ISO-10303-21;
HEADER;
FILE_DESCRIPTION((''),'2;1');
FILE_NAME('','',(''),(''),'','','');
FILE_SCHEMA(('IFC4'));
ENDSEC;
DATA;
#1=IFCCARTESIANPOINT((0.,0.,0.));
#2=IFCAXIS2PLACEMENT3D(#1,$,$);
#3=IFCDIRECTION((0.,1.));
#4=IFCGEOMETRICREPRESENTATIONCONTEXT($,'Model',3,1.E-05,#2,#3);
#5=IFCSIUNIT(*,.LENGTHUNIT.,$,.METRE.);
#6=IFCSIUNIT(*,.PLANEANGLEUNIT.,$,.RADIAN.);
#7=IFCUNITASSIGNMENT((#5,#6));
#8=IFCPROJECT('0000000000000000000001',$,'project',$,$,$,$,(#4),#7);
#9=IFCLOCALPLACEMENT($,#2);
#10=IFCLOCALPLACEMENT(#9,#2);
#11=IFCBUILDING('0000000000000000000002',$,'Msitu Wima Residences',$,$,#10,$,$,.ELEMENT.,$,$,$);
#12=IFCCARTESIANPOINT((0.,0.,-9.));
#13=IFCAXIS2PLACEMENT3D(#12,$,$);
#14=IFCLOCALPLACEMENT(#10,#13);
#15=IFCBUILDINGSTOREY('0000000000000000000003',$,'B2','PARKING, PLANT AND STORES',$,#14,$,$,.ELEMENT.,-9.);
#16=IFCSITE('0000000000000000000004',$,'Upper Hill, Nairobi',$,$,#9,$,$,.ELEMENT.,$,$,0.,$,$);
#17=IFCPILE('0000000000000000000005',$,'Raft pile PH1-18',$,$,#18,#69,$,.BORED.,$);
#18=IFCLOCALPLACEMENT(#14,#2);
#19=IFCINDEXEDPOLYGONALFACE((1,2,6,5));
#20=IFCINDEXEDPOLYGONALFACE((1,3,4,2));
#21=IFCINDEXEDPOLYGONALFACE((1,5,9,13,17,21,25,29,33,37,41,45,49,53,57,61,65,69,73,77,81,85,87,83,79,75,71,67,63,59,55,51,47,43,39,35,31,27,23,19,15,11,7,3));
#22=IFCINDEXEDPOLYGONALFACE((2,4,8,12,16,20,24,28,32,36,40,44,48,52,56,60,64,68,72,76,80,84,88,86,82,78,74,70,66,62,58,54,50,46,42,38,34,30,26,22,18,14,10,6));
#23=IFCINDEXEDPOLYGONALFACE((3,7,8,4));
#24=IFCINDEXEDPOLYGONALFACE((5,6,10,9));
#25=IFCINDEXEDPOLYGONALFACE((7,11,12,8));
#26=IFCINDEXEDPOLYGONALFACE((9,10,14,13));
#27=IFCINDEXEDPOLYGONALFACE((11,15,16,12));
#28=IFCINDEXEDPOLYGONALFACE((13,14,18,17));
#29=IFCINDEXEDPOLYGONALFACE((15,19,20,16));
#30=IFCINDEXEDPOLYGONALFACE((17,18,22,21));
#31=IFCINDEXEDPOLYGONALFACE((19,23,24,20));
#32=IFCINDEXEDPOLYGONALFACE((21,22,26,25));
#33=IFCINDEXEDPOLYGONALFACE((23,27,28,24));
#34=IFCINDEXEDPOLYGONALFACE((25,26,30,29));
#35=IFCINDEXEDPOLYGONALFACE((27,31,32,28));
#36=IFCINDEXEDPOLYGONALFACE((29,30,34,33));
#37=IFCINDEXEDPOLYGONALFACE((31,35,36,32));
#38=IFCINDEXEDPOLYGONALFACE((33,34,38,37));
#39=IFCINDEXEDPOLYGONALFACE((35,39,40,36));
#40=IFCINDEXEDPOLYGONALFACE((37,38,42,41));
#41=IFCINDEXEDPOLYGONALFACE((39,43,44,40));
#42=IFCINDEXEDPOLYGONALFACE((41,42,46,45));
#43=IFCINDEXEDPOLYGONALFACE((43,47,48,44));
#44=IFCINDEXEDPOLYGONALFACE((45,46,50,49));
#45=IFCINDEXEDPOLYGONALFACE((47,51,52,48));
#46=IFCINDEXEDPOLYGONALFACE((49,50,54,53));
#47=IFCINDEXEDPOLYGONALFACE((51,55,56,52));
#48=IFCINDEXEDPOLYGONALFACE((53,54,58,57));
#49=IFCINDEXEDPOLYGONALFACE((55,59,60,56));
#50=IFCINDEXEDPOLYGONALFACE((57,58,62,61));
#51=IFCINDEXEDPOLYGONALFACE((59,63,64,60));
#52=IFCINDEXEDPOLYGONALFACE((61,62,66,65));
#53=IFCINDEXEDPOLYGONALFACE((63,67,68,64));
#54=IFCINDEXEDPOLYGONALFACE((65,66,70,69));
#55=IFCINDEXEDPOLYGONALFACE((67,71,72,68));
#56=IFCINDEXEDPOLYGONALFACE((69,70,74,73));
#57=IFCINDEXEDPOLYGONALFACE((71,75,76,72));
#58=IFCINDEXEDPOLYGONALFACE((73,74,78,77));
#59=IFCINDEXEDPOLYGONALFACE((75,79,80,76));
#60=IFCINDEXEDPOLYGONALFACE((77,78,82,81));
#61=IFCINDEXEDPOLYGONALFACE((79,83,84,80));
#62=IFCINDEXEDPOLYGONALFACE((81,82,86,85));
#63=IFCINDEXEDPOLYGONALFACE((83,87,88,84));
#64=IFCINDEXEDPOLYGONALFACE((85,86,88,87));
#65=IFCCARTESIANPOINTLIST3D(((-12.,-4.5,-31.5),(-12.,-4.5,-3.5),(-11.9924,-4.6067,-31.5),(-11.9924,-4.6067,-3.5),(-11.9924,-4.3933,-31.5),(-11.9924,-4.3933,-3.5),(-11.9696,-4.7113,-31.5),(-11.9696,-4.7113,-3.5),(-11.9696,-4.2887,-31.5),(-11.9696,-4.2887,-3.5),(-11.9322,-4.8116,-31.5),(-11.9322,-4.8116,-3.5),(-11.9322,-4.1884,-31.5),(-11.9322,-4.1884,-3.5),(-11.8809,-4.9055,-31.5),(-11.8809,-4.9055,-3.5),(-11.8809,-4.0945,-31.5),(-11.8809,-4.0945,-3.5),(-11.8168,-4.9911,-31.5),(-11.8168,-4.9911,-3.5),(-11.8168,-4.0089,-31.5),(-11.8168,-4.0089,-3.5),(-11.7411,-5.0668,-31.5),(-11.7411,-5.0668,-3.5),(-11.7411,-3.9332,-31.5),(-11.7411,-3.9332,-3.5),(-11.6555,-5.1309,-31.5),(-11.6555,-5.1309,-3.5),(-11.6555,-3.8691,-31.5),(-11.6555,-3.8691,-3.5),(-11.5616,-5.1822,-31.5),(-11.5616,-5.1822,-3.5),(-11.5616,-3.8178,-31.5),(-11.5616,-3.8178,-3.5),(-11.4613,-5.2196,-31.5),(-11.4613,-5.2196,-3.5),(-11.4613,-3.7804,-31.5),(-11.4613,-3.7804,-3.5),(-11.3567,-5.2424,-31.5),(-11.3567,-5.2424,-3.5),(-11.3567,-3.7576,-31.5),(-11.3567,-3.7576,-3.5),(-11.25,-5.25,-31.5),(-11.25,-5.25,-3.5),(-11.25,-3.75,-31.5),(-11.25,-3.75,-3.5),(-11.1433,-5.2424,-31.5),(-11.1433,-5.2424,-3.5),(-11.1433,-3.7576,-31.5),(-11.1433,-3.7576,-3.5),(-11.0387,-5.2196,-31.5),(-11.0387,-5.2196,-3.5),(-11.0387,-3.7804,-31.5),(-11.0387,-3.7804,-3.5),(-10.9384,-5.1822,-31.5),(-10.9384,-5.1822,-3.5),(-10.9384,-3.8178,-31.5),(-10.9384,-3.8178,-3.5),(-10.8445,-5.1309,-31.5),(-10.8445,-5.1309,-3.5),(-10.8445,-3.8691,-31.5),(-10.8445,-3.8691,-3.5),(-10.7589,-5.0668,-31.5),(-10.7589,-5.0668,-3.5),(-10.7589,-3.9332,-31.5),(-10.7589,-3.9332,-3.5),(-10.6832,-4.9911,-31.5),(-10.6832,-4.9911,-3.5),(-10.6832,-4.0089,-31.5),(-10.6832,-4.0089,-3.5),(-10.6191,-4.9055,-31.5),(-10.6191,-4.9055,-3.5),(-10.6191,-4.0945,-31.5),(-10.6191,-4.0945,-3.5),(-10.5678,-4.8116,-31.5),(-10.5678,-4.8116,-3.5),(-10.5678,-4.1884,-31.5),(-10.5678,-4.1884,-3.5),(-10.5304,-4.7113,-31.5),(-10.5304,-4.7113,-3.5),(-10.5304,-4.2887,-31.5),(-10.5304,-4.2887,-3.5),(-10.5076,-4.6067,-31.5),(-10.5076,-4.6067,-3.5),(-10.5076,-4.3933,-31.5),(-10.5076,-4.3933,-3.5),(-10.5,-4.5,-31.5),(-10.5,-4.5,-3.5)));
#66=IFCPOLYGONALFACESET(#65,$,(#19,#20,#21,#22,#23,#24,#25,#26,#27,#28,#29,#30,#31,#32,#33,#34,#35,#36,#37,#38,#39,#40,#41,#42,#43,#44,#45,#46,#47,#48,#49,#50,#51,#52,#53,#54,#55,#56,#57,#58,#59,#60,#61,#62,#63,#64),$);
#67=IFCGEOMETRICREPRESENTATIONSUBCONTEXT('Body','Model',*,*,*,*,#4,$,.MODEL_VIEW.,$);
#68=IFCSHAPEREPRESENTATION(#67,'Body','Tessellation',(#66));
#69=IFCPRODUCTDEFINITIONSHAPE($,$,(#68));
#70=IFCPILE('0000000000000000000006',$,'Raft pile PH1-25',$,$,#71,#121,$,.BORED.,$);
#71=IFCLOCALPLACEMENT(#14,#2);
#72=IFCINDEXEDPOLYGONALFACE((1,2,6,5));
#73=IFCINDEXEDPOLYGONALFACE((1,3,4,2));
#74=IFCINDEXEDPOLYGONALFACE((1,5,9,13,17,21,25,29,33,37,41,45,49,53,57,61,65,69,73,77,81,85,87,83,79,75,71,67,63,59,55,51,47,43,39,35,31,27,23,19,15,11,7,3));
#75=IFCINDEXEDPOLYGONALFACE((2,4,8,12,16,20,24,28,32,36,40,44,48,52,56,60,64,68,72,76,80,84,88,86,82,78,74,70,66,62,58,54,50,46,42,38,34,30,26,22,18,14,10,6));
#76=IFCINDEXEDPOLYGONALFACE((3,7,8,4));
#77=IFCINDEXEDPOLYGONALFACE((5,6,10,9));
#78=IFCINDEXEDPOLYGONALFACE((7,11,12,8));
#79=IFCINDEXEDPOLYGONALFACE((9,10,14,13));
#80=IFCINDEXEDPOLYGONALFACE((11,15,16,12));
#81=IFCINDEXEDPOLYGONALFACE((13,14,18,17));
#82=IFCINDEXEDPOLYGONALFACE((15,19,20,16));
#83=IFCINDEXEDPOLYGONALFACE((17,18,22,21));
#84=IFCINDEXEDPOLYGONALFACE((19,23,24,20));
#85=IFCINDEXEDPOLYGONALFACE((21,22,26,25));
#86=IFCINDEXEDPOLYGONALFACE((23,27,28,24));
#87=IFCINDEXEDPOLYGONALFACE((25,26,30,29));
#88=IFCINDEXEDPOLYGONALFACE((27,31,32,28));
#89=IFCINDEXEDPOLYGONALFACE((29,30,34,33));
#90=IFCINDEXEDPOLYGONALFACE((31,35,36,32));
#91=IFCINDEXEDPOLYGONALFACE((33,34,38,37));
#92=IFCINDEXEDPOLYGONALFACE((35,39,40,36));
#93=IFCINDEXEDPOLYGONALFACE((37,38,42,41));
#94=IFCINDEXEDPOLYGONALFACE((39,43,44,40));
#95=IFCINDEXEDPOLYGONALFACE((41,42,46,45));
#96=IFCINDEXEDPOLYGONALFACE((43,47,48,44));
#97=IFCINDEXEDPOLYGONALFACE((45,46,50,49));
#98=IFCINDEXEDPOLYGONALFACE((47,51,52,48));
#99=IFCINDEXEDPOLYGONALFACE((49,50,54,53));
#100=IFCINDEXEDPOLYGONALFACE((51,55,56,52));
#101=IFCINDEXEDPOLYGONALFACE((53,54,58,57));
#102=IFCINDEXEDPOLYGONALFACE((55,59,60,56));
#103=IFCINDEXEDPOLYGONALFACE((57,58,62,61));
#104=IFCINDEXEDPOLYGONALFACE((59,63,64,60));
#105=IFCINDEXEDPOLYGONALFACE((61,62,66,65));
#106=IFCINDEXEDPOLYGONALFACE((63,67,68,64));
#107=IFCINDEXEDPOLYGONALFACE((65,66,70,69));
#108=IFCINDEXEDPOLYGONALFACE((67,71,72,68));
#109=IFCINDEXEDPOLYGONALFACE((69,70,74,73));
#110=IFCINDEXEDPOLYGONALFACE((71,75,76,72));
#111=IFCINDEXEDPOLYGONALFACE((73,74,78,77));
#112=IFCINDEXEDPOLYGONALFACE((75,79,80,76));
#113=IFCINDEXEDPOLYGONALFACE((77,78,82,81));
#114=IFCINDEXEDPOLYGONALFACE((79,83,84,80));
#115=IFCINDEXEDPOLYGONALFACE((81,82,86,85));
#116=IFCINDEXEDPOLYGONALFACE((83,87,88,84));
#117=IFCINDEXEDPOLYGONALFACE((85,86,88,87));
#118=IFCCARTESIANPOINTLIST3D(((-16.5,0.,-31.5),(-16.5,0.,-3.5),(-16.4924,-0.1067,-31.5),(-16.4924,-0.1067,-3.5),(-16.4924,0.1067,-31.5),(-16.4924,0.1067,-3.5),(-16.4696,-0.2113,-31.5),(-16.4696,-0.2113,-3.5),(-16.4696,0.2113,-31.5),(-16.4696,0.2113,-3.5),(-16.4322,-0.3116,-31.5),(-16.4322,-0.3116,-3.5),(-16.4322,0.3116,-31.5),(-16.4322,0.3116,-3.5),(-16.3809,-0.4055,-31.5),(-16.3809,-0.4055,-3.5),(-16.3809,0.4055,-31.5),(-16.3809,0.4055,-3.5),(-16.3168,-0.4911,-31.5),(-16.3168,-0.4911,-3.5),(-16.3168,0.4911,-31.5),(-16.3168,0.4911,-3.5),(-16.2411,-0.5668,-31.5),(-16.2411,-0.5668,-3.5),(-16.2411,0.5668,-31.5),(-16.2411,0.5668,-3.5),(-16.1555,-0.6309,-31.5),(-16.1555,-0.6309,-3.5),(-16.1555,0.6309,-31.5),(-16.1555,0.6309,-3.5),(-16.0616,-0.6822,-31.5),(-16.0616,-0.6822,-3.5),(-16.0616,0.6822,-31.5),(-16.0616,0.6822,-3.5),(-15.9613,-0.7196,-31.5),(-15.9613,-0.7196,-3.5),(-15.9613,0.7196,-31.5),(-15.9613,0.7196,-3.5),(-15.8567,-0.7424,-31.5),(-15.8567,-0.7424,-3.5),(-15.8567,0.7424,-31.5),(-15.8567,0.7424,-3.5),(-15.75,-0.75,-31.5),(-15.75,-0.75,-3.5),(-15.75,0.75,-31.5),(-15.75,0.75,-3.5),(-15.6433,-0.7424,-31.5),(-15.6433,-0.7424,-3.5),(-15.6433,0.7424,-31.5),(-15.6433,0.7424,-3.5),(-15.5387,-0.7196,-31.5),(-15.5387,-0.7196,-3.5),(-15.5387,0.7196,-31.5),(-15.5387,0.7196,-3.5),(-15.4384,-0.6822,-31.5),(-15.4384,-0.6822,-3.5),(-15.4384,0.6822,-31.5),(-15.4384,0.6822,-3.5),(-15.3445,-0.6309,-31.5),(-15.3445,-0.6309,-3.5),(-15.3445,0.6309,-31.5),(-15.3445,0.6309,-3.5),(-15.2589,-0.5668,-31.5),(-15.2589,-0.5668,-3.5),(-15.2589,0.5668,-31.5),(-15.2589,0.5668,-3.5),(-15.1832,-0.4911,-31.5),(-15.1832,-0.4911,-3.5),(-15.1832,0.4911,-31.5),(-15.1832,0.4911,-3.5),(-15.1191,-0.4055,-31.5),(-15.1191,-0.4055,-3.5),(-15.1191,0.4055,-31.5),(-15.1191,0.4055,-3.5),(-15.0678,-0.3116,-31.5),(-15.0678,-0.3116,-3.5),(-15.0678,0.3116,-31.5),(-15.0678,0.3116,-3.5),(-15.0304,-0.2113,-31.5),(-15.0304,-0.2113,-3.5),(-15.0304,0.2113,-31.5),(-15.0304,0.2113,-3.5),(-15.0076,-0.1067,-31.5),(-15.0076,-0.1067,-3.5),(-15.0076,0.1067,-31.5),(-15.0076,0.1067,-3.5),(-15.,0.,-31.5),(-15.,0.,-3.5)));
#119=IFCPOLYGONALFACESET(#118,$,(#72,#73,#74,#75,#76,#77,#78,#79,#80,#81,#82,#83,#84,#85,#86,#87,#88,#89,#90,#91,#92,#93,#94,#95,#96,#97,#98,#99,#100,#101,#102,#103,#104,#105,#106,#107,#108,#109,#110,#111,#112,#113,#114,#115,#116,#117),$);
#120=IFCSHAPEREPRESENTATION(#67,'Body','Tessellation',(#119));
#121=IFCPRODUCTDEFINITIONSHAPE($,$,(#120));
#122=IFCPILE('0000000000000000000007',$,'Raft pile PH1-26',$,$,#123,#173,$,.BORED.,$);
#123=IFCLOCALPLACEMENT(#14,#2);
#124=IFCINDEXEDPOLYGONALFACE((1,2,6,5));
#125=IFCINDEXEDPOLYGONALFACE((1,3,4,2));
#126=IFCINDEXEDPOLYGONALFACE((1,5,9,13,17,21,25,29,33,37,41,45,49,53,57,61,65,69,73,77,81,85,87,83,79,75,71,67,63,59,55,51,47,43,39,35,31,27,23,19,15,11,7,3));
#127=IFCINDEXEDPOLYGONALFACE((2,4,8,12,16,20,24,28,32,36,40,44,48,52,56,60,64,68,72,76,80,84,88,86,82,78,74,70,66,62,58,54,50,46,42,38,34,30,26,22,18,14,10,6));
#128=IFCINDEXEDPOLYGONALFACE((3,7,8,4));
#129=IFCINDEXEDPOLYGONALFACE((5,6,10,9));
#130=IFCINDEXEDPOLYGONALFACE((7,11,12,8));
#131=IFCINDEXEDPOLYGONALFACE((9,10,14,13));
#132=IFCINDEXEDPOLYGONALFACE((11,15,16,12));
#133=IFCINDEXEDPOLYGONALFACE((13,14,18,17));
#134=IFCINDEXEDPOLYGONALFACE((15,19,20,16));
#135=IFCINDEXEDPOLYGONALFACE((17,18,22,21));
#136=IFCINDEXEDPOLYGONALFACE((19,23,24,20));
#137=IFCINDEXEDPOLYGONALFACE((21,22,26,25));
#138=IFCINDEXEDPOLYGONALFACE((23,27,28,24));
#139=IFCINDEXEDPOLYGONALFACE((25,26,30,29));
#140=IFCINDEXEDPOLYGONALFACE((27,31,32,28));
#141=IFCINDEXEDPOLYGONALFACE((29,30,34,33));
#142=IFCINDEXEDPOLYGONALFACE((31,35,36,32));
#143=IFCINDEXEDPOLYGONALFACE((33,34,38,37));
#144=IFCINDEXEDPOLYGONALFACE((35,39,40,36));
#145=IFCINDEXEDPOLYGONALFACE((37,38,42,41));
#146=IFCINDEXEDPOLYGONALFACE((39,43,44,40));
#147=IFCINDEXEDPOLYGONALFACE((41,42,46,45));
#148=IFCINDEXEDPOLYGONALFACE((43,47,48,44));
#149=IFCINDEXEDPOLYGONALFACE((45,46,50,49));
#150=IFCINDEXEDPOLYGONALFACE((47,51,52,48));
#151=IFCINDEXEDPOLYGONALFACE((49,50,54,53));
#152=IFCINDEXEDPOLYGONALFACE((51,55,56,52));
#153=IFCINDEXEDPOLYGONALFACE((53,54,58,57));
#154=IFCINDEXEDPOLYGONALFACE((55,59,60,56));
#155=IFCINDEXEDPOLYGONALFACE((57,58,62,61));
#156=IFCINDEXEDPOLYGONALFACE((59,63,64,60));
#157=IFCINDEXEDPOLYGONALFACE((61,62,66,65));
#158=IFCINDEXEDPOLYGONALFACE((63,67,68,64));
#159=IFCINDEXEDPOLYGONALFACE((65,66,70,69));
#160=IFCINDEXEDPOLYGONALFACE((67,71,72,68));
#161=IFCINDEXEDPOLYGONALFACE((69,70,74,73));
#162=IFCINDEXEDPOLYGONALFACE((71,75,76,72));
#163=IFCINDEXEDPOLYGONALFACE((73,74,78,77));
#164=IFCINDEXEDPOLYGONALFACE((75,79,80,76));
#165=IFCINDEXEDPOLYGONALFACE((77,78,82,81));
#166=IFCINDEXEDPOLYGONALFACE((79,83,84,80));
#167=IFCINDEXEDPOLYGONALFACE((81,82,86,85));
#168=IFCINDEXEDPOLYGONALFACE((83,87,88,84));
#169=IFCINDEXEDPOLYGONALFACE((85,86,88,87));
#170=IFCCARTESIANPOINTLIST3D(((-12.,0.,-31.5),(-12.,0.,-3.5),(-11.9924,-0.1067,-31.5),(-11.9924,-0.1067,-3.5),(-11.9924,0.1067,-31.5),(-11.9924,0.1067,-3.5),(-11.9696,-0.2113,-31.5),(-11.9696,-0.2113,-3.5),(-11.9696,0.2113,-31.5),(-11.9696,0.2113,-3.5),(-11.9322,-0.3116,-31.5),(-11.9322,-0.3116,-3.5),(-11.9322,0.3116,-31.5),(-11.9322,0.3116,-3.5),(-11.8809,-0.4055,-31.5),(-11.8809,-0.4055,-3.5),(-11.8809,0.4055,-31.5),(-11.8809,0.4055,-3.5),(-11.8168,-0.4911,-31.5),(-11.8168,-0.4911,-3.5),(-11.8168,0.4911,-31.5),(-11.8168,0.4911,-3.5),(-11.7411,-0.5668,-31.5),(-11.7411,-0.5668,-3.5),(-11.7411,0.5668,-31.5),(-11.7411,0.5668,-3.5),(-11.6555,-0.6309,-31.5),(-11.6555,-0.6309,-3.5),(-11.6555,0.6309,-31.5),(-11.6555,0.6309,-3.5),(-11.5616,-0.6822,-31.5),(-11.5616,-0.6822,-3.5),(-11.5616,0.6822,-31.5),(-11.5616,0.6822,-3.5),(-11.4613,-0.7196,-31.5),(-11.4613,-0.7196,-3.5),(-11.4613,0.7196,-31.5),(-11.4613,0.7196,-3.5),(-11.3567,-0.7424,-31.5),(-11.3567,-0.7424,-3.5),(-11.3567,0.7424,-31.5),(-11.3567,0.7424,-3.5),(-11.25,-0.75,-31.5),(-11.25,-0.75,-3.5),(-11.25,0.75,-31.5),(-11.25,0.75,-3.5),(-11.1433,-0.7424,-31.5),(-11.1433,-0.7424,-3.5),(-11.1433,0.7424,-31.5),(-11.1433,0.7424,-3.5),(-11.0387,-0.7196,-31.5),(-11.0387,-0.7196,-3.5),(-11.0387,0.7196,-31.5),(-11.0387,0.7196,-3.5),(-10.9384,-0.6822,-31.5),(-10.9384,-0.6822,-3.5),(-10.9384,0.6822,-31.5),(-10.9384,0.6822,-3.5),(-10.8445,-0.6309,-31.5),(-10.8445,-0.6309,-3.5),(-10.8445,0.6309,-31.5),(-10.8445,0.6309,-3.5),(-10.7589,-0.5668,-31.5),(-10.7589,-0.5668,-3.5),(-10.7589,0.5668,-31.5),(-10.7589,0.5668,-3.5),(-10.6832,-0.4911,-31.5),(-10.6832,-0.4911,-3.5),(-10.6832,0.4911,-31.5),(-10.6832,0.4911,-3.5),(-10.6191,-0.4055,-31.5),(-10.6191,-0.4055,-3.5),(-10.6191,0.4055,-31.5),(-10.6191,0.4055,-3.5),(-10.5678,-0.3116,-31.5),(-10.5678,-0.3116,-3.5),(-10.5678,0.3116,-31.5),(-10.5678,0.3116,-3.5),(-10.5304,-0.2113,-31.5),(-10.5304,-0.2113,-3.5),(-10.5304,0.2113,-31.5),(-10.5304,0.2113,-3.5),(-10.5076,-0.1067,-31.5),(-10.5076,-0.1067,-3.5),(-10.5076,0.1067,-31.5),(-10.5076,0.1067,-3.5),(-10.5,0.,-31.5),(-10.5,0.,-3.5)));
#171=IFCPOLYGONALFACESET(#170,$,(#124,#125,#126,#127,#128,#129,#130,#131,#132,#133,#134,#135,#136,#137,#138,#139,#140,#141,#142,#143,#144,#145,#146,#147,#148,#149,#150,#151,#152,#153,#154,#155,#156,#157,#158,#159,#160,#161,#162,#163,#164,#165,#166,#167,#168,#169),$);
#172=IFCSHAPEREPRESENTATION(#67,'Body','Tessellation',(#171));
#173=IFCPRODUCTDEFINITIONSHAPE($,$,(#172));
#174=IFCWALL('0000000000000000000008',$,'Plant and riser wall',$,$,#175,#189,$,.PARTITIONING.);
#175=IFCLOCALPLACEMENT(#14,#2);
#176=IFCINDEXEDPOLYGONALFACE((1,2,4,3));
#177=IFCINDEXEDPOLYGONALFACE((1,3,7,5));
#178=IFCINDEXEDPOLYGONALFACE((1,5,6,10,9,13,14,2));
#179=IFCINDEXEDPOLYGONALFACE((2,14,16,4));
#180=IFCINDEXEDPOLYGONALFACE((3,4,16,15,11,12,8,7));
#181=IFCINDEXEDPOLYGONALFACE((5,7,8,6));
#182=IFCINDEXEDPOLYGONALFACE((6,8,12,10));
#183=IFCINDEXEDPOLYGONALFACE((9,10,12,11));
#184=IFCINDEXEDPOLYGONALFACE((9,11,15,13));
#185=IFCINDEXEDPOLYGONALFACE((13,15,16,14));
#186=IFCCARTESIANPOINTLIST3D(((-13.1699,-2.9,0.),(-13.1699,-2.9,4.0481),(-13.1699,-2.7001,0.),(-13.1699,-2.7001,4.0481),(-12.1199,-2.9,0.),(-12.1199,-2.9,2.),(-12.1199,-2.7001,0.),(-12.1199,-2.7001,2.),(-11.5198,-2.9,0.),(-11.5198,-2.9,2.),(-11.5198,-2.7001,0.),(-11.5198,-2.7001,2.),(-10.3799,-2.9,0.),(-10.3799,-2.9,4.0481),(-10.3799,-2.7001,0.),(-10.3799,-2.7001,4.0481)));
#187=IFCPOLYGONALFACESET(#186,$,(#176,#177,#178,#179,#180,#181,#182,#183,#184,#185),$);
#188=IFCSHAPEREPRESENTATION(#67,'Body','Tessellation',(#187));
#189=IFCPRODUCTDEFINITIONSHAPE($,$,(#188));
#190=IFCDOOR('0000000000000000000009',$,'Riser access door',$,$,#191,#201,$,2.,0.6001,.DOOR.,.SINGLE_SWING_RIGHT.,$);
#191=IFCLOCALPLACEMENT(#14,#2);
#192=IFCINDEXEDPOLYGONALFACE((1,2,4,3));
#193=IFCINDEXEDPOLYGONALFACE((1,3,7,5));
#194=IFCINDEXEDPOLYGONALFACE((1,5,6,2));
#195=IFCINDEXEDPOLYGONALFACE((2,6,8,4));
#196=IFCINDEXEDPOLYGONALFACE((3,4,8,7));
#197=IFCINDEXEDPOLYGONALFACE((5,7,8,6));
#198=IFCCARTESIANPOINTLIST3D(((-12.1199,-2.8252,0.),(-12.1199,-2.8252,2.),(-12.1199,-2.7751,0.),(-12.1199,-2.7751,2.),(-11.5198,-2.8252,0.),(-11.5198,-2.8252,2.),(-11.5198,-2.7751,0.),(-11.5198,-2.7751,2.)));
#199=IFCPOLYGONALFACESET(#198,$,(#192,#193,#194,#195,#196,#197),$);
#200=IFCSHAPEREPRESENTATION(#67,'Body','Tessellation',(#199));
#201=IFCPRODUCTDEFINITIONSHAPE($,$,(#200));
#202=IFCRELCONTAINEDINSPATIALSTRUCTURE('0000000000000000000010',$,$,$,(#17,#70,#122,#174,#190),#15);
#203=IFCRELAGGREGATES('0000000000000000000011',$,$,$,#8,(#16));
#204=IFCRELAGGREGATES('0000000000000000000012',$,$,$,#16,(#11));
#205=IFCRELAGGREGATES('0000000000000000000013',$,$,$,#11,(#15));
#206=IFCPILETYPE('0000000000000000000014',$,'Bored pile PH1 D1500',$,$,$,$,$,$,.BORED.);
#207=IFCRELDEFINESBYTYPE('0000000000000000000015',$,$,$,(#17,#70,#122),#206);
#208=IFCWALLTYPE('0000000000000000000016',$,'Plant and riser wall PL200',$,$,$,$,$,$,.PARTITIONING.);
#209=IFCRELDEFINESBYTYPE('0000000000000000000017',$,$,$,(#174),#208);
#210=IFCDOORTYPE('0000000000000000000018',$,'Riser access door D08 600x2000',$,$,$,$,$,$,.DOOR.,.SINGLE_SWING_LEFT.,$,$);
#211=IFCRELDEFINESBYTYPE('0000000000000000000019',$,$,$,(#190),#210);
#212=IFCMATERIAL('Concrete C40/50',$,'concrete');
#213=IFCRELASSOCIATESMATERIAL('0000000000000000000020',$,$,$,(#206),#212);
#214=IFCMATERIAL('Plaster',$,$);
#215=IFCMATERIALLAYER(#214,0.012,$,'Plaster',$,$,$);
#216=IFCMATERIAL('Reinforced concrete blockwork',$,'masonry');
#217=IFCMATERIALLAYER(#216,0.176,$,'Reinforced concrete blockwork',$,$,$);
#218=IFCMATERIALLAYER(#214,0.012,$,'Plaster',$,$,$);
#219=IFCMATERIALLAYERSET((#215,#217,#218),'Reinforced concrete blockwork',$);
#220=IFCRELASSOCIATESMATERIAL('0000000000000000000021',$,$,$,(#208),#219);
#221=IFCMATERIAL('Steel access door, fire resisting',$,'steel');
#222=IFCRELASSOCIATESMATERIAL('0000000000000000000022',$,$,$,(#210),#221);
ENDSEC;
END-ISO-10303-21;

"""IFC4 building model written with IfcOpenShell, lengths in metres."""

from ifc_helpers import new_model, si_unit, direction, frame, frame_2d, origin, origin_2d, place, context, subcontext, project, spatial, rectangle, circle, extrude, material, layer, layer_set, type_object, element, fill, save


model = new_model("IFC4")

# Units and contexts
model_context = context("Model", 3, precision=1e-05, world=origin(), true_north=direction((0.0, 1.0)))
body_context = subcontext(model_context, "Body", "Model", "MODEL_VIEW")
ifc_project = project(units=[si_unit("LENGTHUNIT", "METRE"), si_unit("PLANEANGLEUNIT", "RADIAN")], contexts=[model_context])

# Site, building, storey
site_placement = place(None, origin())
site = spatial("IfcSite", under=ifc_project, at=site_placement, Name="Upper Hill, Nairobi", CompositionType="ELEMENT", RefElevation=0.0)
building_placement = place(site_placement, origin())
building = spatial("IfcBuilding", under=site, at=building_placement, Name="Msitu Wima Residences", CompositionType="ELEMENT")
storey_placement = place(building_placement, frame((0.0, 0.0, -9.0)))
storey = spatial("IfcBuildingStorey", under=building, at=storey_placement, Name="B2", Description="PARKING, PLANT AND STORES", CompositionType="ELEMENT", Elevation=-9.0)

# Piles
ifc_material_1 = material(Name="Concrete C40/50", Category="concrete")
pile_type = type_object("IfcPileType", Name="Bored pile PH1 D1500", PredefinedType="BORED", material=ifc_material_1)
for number, where, z_axis, x_axis, name in (
    (1, (-11.25, -4.5, -3.5), (0.0, 0.0, -1.0), (1.0, 0.0, 0.0), "Raft pile PH1-18"),
    (2, (-15.75, 0.0, -3.5), (0.0, 0.0, -1.0), (1.0, 0.0, 0.0), "Raft pile PH1-25"),
    (3, (-11.25, 0.0, -3.5), (0.0, 0.0, -1.0), (1.0, 0.0, 0.0), "Raft pile PH1-26"),
):
    element("IfcPile", number, at=place(storey_placement, frame(where, z_axis=z_axis, x_axis=x_axis)), inside=storey, type_object=pile_type, Name=name, PredefinedType="BORED", context=body_context, shape_type="SweptSolid", body=[
        extrude(circle(Radius=0.75, at=origin_2d()), origin(), (0.0, 0.0, 1.0), 28.0),
    ])

# Wall, opening, door
ifc_material_2 = material(Name="Plaster")
ifc_layer_1 = layer(ifc_material_2, 0.012, Name="Plaster")
ifc_material_3 = material(Name="Reinforced concrete blockwork", Category="masonry")
ifc_layer_2 = layer(ifc_material_3, 0.176, Name="Reinforced concrete blockwork")
ifc_layer_3 = layer(ifc_material_2, 0.012, Name="Plaster")
ifc_layer_set_1 = layer_set([ifc_layer_1, ifc_layer_2, ifc_layer_3], Name="Reinforced concrete blockwork")
wall_type_1 = type_object("IfcWallType", Name="Plant and riser wall PL200", PredefinedType="PARTITIONING", material=ifc_layer_set_1)
wall_1_placement = place(storey_placement, frame((-13.1699, -2.8, 0.0), z_axis=(0.0, 0.0, 1.0), x_axis=(1.0, 0.0, 0.0)))
wall_1 = element("IfcWall", 4, at=wall_1_placement, inside=storey, type_object=wall_type_1, Name="Plant and riser wall", PredefinedType="PARTITIONING", context=body_context, shape_type="SweptSolid", body=[
    extrude(rectangle(XDim=2.79, YDim=0.2, at=frame_2d((1.395, 0.0))), origin(), (0.0, 0.0, 1.0), 4.0481),
])
opening_1_placement = place(wall_1_placement, frame((1.05, 0.0, 0.0)))
opening_1 = element("IfcOpeningElement", 5, at=opening_1_placement, cuts=wall_1, PredefinedType="OPENING", context=body_context, shape_type="SweptSolid", body=[
    extrude(rectangle(XDim=0.6001, YDim=2.0, at=frame_2d((0.3, 1.0))), frame((0.0, 0.1099, 0.0), z_axis=(0.0, -1.0, 0.0), x_axis=(1.0, 0.0, 0.0)), (0.0, 0.0, 1.0), 0.22),
])
ifc_material_4 = material(Name="Steel access door, fire resisting", Category="steel")
door_type_1 = type_object("IfcDoorType", Name="Riser access door D08 600x2000", OperationType="SINGLE_SWING_LEFT", PredefinedType="DOOR", material=ifc_material_4)
door_1_placement = place(opening_1_placement, origin())
door_1 = element("IfcDoor", 6, at=door_1_placement, inside=storey, type_object=door_type_1, Name="Riser access door", OperationType="SINGLE_SWING_RIGHT", OverallHeight=2.0, OverallWidth=0.6001, PredefinedType="DOOR", context=body_context, shape_type="SweptSolid", body=[
    extrude(rectangle(XDim=0.6001, YDim=2.0, at=frame_2d((0.3, 1.0))), frame((0.0, 0.0249, 0.0), z_axis=(0.0, -1.0, 0.0), x_axis=(1.0, 0.0, 0.0)), (0.0, 0.0, 1.0), 0.05),
])
fill(opening_1, door_1)

save(model, "model.ifc")
